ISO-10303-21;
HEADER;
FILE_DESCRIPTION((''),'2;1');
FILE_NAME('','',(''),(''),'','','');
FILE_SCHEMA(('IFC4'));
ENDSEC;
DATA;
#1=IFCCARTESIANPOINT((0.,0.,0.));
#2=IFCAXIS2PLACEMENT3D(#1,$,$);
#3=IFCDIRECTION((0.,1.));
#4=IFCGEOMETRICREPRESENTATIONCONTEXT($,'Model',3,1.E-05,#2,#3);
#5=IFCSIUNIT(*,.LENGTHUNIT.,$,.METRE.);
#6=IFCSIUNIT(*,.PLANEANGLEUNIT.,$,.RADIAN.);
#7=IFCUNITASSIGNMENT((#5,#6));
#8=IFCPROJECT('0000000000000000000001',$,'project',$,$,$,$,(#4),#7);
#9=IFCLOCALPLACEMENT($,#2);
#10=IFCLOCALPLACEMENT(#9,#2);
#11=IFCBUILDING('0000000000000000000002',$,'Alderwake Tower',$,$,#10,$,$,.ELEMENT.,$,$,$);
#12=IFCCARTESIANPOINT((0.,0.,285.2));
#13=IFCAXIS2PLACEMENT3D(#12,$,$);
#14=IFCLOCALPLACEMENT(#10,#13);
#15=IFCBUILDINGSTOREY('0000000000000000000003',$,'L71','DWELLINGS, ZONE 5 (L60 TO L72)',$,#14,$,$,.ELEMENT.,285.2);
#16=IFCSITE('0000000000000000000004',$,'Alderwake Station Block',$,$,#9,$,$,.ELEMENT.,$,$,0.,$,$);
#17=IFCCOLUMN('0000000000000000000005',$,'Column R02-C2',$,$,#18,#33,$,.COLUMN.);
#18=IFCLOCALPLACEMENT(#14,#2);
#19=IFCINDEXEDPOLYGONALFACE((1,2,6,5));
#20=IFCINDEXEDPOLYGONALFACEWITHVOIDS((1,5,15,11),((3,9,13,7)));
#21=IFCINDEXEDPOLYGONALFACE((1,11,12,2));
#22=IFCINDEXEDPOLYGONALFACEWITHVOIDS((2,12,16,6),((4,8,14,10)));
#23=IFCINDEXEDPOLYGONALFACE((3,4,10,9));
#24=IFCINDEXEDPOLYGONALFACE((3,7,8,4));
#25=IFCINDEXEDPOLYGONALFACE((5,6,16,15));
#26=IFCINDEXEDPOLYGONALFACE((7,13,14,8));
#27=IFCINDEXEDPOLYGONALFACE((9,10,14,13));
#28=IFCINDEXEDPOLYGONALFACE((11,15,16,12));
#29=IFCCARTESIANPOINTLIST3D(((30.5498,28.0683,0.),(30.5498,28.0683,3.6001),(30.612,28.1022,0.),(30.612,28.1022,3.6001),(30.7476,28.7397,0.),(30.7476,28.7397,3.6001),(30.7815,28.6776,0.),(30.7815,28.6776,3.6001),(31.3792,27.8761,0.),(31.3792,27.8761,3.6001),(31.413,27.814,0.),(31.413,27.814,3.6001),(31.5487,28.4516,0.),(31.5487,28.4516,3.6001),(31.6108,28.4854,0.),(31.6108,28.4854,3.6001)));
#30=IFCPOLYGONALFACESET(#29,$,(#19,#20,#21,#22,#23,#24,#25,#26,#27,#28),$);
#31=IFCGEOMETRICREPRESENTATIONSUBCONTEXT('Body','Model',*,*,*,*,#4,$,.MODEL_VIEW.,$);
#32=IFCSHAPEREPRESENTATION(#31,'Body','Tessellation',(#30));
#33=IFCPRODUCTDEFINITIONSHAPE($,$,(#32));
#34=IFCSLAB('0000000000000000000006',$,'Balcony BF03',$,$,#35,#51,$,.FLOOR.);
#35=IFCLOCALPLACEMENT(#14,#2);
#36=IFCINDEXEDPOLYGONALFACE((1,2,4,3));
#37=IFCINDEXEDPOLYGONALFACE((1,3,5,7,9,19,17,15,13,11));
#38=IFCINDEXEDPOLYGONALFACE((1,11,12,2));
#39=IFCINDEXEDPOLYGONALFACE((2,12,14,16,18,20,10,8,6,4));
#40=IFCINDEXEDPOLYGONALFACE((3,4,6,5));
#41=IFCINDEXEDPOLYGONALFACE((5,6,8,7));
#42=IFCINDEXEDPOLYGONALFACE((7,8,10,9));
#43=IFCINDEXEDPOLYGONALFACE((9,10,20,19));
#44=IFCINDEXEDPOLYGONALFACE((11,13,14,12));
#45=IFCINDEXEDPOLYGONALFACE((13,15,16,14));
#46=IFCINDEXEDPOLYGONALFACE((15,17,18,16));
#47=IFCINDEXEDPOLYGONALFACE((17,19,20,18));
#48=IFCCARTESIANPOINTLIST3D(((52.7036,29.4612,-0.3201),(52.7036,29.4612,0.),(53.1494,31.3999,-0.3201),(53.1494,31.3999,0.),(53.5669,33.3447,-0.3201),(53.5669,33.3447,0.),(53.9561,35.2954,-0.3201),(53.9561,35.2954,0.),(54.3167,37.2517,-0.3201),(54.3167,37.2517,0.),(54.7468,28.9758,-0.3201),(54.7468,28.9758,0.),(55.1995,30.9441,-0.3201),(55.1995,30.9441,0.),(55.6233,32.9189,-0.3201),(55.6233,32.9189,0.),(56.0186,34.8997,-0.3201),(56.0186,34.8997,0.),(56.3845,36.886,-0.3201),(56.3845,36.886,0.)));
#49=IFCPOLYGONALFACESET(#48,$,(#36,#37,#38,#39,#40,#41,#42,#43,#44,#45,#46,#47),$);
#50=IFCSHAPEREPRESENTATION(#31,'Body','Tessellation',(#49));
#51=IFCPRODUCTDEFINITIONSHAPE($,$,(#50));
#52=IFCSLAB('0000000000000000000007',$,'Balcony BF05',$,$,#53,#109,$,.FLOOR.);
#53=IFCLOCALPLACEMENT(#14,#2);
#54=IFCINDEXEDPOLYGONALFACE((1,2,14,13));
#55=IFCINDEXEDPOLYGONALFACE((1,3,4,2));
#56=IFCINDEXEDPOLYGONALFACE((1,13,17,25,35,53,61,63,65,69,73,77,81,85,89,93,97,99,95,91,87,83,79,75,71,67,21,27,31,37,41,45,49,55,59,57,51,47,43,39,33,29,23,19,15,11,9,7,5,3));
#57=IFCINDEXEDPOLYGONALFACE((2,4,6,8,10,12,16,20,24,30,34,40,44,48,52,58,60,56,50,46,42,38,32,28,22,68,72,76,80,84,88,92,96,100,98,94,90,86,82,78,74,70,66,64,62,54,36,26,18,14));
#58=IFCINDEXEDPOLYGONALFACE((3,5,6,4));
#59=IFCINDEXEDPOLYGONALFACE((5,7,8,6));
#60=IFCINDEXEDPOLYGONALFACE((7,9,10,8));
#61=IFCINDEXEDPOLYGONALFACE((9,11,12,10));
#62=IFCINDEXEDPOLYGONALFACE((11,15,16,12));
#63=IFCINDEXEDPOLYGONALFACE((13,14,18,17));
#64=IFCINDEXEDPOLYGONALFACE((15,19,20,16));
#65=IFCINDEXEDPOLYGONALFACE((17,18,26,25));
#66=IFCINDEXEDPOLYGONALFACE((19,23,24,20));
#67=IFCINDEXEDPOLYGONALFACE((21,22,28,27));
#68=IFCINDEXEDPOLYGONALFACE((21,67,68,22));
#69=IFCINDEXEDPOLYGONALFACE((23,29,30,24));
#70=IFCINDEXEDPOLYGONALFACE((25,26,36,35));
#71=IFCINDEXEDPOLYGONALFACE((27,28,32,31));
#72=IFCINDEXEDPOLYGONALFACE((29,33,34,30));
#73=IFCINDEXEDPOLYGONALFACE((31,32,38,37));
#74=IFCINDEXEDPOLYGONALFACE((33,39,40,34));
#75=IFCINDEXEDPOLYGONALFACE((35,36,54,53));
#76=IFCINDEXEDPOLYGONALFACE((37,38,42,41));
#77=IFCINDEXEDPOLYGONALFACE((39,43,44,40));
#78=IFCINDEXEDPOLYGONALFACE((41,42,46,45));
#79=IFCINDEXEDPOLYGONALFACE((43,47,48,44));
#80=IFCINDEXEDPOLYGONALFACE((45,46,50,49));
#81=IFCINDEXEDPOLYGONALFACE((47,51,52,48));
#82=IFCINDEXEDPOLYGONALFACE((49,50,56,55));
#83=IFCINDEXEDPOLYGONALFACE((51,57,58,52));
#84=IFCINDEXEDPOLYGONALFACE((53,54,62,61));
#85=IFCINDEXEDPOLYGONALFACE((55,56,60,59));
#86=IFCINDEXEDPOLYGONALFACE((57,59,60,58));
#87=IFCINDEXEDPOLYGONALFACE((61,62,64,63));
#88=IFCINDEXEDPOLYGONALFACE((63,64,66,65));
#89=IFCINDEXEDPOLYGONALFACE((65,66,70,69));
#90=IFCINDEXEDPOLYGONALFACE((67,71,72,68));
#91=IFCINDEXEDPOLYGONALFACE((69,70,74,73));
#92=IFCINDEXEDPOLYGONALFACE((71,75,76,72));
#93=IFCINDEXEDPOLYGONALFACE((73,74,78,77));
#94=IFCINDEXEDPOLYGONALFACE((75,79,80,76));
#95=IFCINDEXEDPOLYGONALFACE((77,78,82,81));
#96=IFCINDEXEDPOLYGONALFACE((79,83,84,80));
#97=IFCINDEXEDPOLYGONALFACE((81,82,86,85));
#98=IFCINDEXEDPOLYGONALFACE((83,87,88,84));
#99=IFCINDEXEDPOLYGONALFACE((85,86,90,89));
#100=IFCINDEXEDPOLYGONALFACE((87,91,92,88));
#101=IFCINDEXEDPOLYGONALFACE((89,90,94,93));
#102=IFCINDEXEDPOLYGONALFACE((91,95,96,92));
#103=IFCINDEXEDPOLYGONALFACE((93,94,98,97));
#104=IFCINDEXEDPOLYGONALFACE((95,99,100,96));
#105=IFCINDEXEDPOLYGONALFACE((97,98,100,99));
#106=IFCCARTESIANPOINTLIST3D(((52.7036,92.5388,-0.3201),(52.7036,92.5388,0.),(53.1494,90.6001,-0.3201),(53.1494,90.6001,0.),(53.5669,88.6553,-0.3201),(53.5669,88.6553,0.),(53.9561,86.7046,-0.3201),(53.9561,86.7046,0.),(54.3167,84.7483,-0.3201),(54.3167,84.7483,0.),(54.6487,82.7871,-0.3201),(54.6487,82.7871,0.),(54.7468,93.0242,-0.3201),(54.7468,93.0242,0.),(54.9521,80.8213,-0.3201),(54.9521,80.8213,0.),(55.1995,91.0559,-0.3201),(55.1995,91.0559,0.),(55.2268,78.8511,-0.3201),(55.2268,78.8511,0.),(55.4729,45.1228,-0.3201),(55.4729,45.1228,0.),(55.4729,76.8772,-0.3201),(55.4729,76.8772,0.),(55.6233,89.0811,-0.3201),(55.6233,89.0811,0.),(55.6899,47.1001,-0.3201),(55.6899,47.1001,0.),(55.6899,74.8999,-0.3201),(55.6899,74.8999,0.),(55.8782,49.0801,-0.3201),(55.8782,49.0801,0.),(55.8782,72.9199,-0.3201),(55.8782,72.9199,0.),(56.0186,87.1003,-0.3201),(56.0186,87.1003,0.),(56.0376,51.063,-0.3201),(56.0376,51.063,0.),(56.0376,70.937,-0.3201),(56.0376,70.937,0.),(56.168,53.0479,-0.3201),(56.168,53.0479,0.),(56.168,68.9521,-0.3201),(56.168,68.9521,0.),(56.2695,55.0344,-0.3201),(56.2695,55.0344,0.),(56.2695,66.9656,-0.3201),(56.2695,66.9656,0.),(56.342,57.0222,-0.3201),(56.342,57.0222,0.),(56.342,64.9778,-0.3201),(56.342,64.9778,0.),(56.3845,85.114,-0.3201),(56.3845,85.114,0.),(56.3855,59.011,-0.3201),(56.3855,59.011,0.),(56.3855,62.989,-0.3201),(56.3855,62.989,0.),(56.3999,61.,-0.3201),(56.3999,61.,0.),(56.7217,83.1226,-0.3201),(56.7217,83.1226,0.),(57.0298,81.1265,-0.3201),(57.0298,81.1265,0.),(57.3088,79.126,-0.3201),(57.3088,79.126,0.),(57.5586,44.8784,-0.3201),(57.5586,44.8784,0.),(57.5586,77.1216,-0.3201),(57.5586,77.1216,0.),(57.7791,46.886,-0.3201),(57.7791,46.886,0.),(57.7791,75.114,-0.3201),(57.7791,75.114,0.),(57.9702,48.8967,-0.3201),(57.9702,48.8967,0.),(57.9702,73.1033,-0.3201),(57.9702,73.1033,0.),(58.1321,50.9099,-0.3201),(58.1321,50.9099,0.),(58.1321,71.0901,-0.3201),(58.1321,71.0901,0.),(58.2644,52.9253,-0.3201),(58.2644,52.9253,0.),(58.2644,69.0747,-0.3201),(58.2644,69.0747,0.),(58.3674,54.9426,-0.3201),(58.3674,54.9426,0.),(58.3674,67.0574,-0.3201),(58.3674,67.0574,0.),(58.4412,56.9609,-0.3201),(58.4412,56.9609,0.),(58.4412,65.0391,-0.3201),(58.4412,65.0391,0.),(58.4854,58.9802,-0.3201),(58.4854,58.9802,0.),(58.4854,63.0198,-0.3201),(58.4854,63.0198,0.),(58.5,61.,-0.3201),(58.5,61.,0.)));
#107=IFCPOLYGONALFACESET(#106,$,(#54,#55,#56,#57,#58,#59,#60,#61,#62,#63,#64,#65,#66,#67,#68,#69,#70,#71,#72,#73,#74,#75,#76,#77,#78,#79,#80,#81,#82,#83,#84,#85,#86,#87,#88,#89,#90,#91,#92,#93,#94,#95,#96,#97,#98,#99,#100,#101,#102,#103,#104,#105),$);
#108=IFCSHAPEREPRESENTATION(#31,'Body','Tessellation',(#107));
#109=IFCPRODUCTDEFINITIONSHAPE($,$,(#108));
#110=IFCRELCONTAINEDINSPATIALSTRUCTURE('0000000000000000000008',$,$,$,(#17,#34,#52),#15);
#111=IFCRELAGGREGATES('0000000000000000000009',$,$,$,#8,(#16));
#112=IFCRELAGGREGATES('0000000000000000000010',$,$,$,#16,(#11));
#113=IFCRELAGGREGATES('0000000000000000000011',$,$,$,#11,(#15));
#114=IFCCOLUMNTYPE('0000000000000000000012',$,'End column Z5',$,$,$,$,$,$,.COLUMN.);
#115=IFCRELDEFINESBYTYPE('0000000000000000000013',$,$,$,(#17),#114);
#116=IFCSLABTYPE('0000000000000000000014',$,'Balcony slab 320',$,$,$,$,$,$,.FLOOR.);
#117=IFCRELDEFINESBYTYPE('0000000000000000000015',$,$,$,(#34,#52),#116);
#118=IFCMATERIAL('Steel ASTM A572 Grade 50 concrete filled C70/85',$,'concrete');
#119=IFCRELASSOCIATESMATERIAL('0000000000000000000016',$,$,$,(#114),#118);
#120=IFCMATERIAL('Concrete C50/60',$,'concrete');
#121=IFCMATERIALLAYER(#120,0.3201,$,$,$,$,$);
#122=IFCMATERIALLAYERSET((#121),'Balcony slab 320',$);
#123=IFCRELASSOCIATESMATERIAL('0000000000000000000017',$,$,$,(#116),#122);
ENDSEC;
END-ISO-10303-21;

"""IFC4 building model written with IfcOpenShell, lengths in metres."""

from ifc_helpers import new_model, si_unit, direction, frame, origin, origin_2d, place, context, subcontext, project, spatial, polyline, hollow_rectangle, outline, extrude, material, layer, layer_set, material_profile, profile_set, type_object, element, save


model = new_model("IFC4")

# Units and contexts
model_context = context("Model", 3, precision=1e-05, world=origin(), true_north=direction((0.0, 1.0)))
body_context = subcontext(model_context, "Body", "Model", "MODEL_VIEW")
ifc_project = project(units=[si_unit("LENGTHUNIT", "METRE"), si_unit("PLANEANGLEUNIT", "RADIAN")], contexts=[model_context])

# Site, building, storey
site_placement = place(None, origin())
site = spatial("IfcSite", under=ifc_project, at=site_placement, Name="Alderwake Station Block", CompositionType="ELEMENT", RefElevation=0.0)
building_placement = place(site_placement, origin())
building = spatial("IfcBuilding", under=site, at=building_placement, Name="Alderwake Tower", CompositionType="ELEMENT")
storey_placement = place(building_placement, frame((0.0, 0.0, 285.2)))
storey = spatial("IfcBuildingStorey", under=building, at=storey_placement, Name="L71", Description="DWELLINGS, ZONE 5 (L60 TO L72)", CompositionType="ELEMENT", Elevation=285.2)

# Column
ifc_material_1 = material(Name="Steel ASTM A572 Grade 50 concrete filled C70/85", Category="concrete")
ifc_material_profile = material_profile(ifc_material_1, hollow_rectangle(XDim=0.7, YDim=0.8999, WallThickness=0.05, at=origin_2d()), Name="BOX 900X700X50")
ifc_profile_set = profile_set([ifc_material_profile], Name="Steel ASTM A572 Grade 50 concrete filled C70/85")
column_type = type_object("IfcColumnType", Name="End column Z5", PredefinedType="COLUMN", material=ifc_profile_set)
column_placement = place(storey_placement, frame((31.0803, 28.2769, 0.0), z_axis=(0.0, 0.0, 1.0), x_axis=(0.282583, 0.959243, 0.0)))
element("IfcColumn", 1, at=column_placement, inside=storey, type_object=column_type, Name="Column R02-C2", PredefinedType="COLUMN", context=body_context, shape_type="SweptSolid", body=[
    extrude(hollow_rectangle(XDim=0.7, YDim=0.8999, WallThickness=0.05, at=origin_2d()), origin(), (0.0, 0.0, 1.0), 3.6001),
])

# Slabs
ifc_material_2 = material(Name="Concrete C50/60", Category="concrete")
ifc_layer_1 = layer(ifc_material_2, 0.3201)
ifc_layer_set_1 = layer_set([ifc_layer_1], Name="Balcony slab 320")
slab_type_1 = type_object("IfcSlabType", Name="Balcony slab 320", PredefinedType="FLOOR", material=ifc_layer_set_1)
slab_1_placement = place(storey_placement, frame((0.0, 0.0, -0.3201)))
element("IfcSlab", 2, at=slab_1_placement, inside=storey, type_object=slab_type_1, Name="Balcony BF03", PredefinedType="FLOOR", context=body_context, shape_type="SweptSolid", body=[
    extrude(outline(polyline([(52.7036, 29.4612), (54.7468, 28.9758), (55.1995, 30.9441), (55.6233, 32.9189), (56.0186, 34.8997), (56.3845, 36.886), (54.3167, 37.2517), (53.9561, 35.2954), (53.5669, 33.3447), (53.1494, 31.3999), (52.7036, 29.4612)])), origin(), (0.0, 0.0, 1.0), 0.3201),
])
slab_2_placement = place(storey_placement, frame((0.0, 0.0, -0.3201)))
element("IfcSlab", 3, at=slab_2_placement, inside=storey, type_object=slab_type_1, Name="Balcony BF05", PredefinedType="FLOOR", context=body_context, shape_type="SweptSolid", body=[
    extrude(outline(polyline([(57.7791, 46.886), (57.9702, 48.8967), (58.1321, 50.9099), (58.2644, 52.9253), (58.3674, 54.9426), (58.4412, 56.9609), (58.4854, 58.9802), (58.5, 61.0), (58.4854, 63.0198), (58.4412, 65.0391), (58.3674, 67.0574), (58.2644, 69.0747), (58.1321, 71.0901), (57.9702, 73.1033), (57.7791, 75.114), (57.5586, 77.1216), (57.3088, 79.126), (57.0298, 81.1265), (56.7217, 83.1226), (56.3845, 85.114), (56.0186, 87.1003), (55.6233, 89.0811), (55.1995, 91.0559), (54.7468, 93.0242), (52.7036, 92.5388), (53.1494, 90.6001), (53.5669, 88.6553), (53.9561, 86.7046), (54.3167, 84.7483), (54.6487, 82.7871), (54.9521, 80.8213), (55.2268, 78.8511), (55.4729, 76.8772), (55.6899, 74.8999), (55.8782, 72.9199), (56.0376, 70.937), (56.168, 68.9521), (56.2695, 66.9656), (56.342, 64.9778), (56.3855, 62.989), (56.3999, 61.0), (56.3855, 59.011), (56.342, 57.0222), (56.2695, 55.0344), (56.168, 53.0479), (56.0376, 51.063), (55.8782, 49.0801), (55.6899, 47.1001), (55.4729, 45.1228), (57.5586, 44.8784), (57.7791, 46.886)])), origin(), (0.0, 0.0, 1.0), 0.3201),
])

save(model, "model.ifc")
